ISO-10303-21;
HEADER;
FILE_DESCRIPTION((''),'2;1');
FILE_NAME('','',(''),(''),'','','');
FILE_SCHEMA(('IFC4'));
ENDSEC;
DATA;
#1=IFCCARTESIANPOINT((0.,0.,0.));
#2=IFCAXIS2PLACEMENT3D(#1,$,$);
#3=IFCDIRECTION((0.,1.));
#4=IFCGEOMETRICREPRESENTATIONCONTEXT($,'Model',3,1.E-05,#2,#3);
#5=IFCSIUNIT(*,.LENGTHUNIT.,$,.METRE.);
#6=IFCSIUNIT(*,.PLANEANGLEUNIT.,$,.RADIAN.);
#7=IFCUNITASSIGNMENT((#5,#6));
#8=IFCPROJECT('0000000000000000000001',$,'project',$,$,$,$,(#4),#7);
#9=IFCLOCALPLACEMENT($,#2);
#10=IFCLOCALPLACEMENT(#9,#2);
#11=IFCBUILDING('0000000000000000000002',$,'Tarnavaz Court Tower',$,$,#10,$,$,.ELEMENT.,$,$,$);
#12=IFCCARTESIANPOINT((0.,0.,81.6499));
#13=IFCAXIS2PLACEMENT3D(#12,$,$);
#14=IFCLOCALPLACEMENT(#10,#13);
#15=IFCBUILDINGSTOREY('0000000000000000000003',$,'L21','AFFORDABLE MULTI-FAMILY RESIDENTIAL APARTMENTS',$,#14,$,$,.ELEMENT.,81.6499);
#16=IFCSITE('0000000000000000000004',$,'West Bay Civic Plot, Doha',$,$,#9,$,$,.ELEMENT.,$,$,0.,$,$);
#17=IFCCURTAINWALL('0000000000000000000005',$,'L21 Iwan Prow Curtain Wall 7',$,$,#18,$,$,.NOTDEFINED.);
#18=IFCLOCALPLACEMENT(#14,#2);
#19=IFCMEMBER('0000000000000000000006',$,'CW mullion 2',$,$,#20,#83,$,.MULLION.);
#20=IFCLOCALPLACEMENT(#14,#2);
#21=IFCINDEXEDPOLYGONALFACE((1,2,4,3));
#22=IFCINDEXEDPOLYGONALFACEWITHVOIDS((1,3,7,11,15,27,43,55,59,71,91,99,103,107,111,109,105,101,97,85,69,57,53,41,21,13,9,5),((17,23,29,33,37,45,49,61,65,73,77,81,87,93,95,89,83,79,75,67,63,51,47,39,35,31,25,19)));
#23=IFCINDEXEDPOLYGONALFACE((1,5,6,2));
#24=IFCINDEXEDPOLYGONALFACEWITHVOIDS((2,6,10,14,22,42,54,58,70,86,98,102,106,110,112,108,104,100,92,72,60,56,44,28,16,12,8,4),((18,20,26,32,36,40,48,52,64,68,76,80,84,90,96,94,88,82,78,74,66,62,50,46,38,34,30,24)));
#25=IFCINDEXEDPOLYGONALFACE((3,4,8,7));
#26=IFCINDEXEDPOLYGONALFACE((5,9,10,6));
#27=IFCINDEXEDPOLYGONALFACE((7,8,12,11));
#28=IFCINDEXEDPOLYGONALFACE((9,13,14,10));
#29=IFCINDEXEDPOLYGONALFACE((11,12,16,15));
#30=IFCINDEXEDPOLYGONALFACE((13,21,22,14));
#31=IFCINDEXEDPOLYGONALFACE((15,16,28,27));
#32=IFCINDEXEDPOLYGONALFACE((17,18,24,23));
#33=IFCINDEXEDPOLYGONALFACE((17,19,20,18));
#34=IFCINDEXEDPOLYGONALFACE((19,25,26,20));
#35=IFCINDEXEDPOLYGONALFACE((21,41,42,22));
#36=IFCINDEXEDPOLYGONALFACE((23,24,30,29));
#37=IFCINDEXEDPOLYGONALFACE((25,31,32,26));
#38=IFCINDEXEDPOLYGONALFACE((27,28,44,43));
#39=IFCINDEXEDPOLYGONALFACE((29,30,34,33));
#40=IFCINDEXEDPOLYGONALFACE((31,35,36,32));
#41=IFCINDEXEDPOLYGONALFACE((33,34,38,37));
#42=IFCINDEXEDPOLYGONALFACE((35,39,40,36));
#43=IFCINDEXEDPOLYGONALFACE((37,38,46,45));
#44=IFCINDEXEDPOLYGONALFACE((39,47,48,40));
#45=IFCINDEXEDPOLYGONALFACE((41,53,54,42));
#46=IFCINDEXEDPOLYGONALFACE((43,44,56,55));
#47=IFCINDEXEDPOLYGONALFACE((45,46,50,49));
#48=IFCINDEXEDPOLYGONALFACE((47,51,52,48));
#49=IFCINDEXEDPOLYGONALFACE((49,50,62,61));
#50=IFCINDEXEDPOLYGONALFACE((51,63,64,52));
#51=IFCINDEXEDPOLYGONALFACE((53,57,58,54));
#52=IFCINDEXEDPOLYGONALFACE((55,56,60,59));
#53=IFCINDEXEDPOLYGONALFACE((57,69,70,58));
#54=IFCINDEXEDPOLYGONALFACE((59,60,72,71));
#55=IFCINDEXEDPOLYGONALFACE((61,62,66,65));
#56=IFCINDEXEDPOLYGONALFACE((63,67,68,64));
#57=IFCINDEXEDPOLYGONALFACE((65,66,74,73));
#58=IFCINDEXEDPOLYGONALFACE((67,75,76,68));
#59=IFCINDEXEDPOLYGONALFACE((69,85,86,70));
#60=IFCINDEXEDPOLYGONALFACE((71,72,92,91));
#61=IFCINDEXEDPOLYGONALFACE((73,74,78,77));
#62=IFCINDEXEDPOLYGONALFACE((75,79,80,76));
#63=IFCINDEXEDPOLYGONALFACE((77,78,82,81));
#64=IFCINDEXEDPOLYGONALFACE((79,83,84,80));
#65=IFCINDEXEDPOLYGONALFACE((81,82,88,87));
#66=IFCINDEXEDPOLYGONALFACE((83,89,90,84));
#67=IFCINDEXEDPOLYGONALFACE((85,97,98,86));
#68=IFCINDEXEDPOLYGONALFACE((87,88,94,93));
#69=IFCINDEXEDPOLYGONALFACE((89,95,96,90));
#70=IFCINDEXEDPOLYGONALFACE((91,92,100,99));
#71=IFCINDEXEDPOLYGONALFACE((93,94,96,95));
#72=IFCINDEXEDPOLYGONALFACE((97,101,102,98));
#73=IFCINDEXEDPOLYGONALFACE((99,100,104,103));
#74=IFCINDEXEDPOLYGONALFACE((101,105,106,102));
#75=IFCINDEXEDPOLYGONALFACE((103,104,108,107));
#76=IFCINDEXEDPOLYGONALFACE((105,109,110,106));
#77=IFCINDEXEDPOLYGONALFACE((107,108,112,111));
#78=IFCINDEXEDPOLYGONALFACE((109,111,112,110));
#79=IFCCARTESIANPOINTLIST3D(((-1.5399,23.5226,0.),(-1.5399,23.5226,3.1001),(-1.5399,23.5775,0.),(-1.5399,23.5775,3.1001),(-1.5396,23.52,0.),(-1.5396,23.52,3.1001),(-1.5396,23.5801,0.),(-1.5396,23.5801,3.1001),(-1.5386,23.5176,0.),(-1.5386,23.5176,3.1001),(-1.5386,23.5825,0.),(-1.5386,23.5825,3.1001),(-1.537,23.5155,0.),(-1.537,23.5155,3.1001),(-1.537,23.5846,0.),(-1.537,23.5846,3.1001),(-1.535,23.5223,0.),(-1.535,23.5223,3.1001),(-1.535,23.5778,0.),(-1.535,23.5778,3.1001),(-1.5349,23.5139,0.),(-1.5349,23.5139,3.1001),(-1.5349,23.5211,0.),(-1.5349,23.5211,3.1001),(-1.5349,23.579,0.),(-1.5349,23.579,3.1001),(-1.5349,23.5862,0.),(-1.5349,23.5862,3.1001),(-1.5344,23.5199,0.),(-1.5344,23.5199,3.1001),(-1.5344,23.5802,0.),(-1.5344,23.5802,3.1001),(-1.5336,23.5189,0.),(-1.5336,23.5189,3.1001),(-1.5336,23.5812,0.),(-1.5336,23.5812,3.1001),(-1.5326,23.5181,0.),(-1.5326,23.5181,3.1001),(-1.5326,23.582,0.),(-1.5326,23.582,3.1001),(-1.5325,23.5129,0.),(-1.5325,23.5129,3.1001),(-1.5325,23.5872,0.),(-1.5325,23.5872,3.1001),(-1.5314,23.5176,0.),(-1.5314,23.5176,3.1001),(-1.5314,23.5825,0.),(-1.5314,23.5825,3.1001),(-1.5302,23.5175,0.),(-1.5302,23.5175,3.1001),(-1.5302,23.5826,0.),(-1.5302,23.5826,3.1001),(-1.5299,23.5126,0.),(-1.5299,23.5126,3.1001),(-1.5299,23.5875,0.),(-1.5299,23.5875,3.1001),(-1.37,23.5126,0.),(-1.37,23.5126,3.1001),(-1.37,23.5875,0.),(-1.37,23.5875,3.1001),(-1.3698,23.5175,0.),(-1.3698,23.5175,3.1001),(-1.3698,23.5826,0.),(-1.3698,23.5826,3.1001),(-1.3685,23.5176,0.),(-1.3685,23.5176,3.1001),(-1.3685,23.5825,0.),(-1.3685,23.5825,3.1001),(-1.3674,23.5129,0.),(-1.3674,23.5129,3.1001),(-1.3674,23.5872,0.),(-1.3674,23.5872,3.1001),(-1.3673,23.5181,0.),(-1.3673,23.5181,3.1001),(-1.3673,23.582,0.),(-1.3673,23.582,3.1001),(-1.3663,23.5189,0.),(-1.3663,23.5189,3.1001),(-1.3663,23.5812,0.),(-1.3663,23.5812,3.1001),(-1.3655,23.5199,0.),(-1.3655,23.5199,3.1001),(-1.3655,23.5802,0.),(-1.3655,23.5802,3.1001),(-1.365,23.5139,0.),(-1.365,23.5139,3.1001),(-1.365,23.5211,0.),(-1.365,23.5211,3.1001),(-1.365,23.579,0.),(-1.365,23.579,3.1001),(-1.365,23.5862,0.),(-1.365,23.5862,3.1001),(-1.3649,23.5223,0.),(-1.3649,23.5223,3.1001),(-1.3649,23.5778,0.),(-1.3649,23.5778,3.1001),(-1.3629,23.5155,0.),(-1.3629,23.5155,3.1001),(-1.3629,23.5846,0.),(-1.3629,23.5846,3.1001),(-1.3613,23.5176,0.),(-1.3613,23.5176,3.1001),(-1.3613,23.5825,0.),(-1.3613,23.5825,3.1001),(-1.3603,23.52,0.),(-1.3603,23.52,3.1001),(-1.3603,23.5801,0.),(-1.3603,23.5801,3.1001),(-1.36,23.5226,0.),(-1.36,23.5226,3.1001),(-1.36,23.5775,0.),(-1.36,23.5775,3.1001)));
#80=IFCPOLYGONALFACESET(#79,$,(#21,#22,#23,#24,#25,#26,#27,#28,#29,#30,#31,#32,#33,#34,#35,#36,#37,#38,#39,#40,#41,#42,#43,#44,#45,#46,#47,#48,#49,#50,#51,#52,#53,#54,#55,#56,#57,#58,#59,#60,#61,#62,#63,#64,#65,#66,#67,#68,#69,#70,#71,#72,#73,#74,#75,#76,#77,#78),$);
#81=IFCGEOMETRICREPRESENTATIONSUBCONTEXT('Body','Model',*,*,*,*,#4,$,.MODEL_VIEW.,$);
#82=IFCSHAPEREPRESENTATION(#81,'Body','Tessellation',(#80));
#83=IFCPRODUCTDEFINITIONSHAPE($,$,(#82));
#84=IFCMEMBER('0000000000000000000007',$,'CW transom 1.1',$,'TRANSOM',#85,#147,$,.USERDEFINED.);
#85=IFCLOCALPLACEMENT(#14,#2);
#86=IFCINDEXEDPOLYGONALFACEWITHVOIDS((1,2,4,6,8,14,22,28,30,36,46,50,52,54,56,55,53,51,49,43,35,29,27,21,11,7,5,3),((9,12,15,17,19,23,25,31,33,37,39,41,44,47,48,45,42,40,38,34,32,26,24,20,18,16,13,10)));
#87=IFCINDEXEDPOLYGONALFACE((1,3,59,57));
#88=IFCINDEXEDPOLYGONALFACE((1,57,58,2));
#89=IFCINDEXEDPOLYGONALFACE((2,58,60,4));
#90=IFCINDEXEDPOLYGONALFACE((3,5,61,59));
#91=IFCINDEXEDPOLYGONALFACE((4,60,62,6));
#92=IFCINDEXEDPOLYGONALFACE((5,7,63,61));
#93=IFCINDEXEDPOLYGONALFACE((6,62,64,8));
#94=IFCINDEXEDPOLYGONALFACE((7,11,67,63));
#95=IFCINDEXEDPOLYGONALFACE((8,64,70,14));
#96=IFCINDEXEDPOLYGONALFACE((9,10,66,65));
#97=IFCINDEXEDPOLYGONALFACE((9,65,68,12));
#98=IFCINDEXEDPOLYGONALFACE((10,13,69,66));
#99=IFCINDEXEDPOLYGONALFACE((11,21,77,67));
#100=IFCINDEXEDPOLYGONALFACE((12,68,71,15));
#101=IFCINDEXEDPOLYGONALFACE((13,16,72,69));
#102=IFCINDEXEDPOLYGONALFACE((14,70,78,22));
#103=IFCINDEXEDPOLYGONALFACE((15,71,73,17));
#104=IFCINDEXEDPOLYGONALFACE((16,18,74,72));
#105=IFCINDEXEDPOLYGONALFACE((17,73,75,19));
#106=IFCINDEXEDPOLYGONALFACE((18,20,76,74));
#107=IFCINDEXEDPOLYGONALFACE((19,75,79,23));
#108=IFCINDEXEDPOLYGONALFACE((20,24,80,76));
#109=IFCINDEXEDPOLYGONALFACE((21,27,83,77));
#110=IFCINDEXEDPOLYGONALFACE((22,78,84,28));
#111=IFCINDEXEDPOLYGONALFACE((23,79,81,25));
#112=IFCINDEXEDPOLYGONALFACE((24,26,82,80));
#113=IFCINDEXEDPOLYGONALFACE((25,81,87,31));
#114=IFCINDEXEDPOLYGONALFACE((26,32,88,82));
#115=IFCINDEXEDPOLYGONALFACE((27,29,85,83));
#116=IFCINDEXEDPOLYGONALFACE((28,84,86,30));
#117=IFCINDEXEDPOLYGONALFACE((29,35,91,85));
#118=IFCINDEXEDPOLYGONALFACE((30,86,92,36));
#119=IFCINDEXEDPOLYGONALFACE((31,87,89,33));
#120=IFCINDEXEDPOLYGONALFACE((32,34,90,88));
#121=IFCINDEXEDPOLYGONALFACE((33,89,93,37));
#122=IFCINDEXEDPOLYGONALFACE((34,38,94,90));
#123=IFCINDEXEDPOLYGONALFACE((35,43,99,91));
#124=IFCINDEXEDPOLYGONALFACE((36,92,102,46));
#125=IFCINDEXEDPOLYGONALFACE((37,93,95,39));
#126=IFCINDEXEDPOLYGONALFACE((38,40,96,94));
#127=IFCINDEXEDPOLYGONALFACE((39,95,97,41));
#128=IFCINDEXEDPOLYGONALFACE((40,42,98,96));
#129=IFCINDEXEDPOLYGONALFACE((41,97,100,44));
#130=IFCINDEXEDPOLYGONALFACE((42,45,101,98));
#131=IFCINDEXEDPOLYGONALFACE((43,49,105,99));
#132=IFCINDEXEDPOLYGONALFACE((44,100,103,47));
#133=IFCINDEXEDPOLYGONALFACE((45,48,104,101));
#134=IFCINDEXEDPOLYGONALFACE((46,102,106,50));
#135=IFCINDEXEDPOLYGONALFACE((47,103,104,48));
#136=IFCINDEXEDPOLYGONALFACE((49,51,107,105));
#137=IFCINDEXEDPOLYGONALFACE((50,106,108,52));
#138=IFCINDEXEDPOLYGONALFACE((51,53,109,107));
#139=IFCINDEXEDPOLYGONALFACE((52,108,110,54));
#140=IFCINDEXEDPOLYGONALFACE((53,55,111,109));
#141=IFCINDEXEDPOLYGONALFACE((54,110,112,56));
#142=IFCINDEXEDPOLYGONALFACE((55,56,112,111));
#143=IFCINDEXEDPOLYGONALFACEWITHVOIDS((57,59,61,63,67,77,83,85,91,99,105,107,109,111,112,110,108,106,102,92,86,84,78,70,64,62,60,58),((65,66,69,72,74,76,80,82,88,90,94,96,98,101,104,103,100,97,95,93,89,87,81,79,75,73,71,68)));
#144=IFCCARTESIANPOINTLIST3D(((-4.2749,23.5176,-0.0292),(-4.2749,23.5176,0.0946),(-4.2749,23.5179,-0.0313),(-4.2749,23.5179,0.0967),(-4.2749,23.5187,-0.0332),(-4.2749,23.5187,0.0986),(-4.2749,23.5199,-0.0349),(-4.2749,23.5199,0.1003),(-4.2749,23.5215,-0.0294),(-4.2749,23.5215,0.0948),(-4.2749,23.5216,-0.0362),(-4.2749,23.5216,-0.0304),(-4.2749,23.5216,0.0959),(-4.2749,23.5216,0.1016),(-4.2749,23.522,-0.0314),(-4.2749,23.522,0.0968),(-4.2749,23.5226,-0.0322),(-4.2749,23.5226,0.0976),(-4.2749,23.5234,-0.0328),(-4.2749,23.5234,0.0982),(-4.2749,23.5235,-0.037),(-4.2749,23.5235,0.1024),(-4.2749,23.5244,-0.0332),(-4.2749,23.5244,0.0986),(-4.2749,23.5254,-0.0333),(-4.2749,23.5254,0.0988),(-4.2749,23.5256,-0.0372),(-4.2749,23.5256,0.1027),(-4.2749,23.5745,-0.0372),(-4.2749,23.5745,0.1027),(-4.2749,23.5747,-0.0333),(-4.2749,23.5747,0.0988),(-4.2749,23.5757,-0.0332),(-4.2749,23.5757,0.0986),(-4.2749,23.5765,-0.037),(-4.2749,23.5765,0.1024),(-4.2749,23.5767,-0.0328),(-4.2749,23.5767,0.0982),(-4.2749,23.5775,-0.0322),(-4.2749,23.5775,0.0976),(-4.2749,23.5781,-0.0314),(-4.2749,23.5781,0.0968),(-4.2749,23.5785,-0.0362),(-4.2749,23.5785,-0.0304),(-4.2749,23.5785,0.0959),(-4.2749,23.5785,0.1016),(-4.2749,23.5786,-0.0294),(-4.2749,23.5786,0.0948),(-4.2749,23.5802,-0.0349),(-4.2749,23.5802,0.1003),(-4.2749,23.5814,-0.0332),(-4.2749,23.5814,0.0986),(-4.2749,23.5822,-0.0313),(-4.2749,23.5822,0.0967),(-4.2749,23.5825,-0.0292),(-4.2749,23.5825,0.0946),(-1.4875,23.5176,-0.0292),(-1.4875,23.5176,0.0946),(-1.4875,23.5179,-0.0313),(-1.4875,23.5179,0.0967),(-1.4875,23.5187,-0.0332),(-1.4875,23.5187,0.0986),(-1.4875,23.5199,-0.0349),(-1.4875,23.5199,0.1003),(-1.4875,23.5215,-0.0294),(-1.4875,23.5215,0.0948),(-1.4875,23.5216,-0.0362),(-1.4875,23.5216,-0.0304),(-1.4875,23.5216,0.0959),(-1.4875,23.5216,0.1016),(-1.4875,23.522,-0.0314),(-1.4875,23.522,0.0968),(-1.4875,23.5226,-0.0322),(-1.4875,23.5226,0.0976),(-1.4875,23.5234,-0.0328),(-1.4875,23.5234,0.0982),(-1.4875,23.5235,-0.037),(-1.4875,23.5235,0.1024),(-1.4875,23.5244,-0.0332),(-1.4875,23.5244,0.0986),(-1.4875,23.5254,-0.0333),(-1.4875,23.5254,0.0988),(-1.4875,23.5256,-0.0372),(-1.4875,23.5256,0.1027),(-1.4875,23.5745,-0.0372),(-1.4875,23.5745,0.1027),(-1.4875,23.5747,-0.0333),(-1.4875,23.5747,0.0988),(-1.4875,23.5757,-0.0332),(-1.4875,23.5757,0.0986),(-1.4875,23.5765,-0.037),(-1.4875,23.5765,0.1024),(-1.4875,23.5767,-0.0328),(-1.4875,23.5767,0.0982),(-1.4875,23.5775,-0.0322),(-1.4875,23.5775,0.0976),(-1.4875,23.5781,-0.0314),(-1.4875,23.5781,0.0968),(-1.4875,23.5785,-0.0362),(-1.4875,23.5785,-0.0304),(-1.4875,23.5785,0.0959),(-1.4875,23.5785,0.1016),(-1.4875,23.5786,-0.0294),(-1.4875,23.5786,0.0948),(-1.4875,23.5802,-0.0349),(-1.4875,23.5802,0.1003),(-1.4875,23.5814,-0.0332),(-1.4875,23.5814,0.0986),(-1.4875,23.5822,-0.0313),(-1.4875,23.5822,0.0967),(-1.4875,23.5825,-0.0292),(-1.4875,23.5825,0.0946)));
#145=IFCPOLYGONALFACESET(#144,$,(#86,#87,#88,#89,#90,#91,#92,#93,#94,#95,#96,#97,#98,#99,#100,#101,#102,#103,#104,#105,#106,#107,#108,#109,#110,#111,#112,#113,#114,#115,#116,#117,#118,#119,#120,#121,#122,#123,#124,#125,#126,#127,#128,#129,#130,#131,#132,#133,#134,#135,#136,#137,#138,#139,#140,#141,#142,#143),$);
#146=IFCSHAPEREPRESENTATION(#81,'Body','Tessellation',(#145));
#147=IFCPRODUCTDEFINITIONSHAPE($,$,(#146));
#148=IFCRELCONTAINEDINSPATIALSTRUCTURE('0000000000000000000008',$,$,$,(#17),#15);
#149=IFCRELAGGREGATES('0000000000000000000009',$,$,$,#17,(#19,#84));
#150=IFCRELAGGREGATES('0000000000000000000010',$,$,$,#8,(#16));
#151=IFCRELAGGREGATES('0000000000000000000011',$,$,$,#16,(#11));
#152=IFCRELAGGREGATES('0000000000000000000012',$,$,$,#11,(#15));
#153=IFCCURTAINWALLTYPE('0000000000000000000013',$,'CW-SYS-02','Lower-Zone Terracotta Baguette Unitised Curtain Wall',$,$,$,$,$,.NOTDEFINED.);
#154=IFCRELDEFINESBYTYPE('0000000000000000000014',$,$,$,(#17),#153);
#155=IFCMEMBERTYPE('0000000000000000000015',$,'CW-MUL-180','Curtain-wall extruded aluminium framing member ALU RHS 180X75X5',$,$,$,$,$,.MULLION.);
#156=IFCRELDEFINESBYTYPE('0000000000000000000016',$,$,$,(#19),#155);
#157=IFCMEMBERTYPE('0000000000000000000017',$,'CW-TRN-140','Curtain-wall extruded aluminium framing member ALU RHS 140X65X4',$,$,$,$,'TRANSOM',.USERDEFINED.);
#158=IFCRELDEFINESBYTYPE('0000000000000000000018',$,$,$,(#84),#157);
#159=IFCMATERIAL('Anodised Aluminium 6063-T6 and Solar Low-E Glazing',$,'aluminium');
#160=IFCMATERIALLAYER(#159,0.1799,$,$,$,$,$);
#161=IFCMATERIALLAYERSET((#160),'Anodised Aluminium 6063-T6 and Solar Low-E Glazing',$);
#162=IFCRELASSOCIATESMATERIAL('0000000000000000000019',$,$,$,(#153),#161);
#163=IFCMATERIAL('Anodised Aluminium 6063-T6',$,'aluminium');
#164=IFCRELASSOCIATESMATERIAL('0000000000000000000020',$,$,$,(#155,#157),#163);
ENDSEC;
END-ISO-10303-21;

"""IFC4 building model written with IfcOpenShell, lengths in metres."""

from ifc_helpers import new_model, si_unit, direction, frame, origin, origin_2d, place, context, subcontext, project, spatial, hollow_rectangle, extrude, material, layer, layer_set, material_profile, profile_set, type_object, element, aggregate, save


model = new_model("IFC4")

# Units and contexts
model_context = context("Model", 3, precision=1e-05, world=origin(), true_north=direction((0.0, 1.0)))
body_context = subcontext(model_context, "Body", "Model", "MODEL_VIEW")
ifc_project = project(units=[si_unit("LENGTHUNIT", "METRE"), si_unit("PLANEANGLEUNIT", "RADIAN")], contexts=[model_context])

# Site, building, storey
site_placement = place(None, origin())
site = spatial("IfcSite", under=ifc_project, at=site_placement, Name="West Bay Civic Plot, Doha", CompositionType="ELEMENT", RefElevation=0.0)
building_placement = place(site_placement, origin())
building = spatial("IfcBuilding", under=site, at=building_placement, Name="Tarnavaz Court Tower", CompositionType="ELEMENT")
storey_placement = place(building_placement, frame((0.0, 0.0, 81.6499)))
storey = spatial("IfcBuildingStorey", under=building, at=storey_placement, Name="L21", Description="AFFORDABLE MULTI-FAMILY RESIDENTIAL APARTMENTS", CompositionType="ELEMENT", Elevation=81.6499)

# Curtain wall, members
ifc_material_1 = material(Name="Anodised Aluminium 6063-T6 and Solar Low-E Glazing", Category="aluminium")
ifc_layer_1 = layer(ifc_material_1, 0.1799)
ifc_layer_set_1 = layer_set([ifc_layer_1], Name="Anodised Aluminium 6063-T6 and Solar Low-E Glazing")
curtain_wall_type = type_object("IfcCurtainWallType", Name="CW-SYS-02", Description="Lower-Zone Terracotta Baguette Unitised Curtain Wall", PredefinedType="NOTDEFINED", material=ifc_layer_set_1)
curtain_wall_placement = place(storey_placement, origin())
curtain_wall = element("IfcCurtainWall", 1, at=curtain_wall_placement, inside=storey, type_object=curtain_wall_type, Name="L21 Iwan Prow Curtain Wall 7", PredefinedType="NOTDEFINED")
ifc_material_2 = material(Name="Anodised Aluminium 6063-T6", Category="aluminium")
ifc_material_profile_1 = material_profile(ifc_material_2, hollow_rectangle(XDim=0.075, YDim=0.1799, WallThickness=0.0049, InnerFilletRadius=0.0049, OuterFilletRadius=0.01, at=origin_2d()), Name="ALU RHS 180X75X5")
ifc_profile_set_1 = profile_set([ifc_material_profile_1], Name="Anodised Aluminium 6063-T6")
member_type_1 = type_object("IfcMemberType", Name="CW-MUL-180", Description="Curtain-wall extruded aluminium framing member ALU RHS 180X75X5", PredefinedType="MULLION", material=ifc_profile_set_1)
member_1_placement = place(storey_placement, frame((-1.45, 23.55, 0.0), z_axis=(0.0, 0.0, 1.0), x_axis=(0.0, 1.0, 0.0)))
member_1 = element("IfcMember", 2, at=member_1_placement, type_object=member_type_1, Name="CW mullion 2", PredefinedType="MULLION", context=body_context, shape_type="SweptSolid", body=[
    extrude(hollow_rectangle(XDim=0.075, YDim=0.1799, WallThickness=0.0049, InnerFilletRadius=0.0049, OuterFilletRadius=0.01, at=origin_2d()), origin(), (0.0, 0.0, 1.0), 3.1001),
])
ifc_material_profile_2 = material_profile(ifc_material_2, hollow_rectangle(XDim=0.0649, YDim=0.1399, WallThickness=0.0039, InnerFilletRadius=0.0039, OuterFilletRadius=0.0081, at=origin_2d()), Name="ALU RHS 140X65X4")
ifc_profile_set_2 = profile_set([ifc_material_profile_2], Name="Anodised Aluminium 6063-T6")
member_type_2 = type_object("IfcMemberType", Name="CW-TRN-140", Description="Curtain-wall extruded aluminium framing member ALU RHS 140X65X4", ElementType="TRANSOM", PredefinedType="USERDEFINED", material=ifc_profile_set_2)
member_2_placement = place(storey_placement, frame((-4.2749, 23.55, 0.0327), z_axis=(1.0, 0.0, 0.0), x_axis=(0.0, 1.0, 0.0)))
member_2 = element("IfcMember", 3, at=member_2_placement, type_object=member_type_2, Name="CW transom 1.1", ObjectType="TRANSOM", PredefinedType="USERDEFINED", context=body_context, shape_type="SweptSolid", body=[
    extrude(hollow_rectangle(XDim=0.0649, YDim=0.1399, WallThickness=0.0039, InnerFilletRadius=0.0039, OuterFilletRadius=0.0081, at=origin_2d()), origin(), (0.0, 0.0, 1.0), 2.7874),
])
aggregate(curtain_wall, [member_1, member_2])

save(model, "model.ifc")
